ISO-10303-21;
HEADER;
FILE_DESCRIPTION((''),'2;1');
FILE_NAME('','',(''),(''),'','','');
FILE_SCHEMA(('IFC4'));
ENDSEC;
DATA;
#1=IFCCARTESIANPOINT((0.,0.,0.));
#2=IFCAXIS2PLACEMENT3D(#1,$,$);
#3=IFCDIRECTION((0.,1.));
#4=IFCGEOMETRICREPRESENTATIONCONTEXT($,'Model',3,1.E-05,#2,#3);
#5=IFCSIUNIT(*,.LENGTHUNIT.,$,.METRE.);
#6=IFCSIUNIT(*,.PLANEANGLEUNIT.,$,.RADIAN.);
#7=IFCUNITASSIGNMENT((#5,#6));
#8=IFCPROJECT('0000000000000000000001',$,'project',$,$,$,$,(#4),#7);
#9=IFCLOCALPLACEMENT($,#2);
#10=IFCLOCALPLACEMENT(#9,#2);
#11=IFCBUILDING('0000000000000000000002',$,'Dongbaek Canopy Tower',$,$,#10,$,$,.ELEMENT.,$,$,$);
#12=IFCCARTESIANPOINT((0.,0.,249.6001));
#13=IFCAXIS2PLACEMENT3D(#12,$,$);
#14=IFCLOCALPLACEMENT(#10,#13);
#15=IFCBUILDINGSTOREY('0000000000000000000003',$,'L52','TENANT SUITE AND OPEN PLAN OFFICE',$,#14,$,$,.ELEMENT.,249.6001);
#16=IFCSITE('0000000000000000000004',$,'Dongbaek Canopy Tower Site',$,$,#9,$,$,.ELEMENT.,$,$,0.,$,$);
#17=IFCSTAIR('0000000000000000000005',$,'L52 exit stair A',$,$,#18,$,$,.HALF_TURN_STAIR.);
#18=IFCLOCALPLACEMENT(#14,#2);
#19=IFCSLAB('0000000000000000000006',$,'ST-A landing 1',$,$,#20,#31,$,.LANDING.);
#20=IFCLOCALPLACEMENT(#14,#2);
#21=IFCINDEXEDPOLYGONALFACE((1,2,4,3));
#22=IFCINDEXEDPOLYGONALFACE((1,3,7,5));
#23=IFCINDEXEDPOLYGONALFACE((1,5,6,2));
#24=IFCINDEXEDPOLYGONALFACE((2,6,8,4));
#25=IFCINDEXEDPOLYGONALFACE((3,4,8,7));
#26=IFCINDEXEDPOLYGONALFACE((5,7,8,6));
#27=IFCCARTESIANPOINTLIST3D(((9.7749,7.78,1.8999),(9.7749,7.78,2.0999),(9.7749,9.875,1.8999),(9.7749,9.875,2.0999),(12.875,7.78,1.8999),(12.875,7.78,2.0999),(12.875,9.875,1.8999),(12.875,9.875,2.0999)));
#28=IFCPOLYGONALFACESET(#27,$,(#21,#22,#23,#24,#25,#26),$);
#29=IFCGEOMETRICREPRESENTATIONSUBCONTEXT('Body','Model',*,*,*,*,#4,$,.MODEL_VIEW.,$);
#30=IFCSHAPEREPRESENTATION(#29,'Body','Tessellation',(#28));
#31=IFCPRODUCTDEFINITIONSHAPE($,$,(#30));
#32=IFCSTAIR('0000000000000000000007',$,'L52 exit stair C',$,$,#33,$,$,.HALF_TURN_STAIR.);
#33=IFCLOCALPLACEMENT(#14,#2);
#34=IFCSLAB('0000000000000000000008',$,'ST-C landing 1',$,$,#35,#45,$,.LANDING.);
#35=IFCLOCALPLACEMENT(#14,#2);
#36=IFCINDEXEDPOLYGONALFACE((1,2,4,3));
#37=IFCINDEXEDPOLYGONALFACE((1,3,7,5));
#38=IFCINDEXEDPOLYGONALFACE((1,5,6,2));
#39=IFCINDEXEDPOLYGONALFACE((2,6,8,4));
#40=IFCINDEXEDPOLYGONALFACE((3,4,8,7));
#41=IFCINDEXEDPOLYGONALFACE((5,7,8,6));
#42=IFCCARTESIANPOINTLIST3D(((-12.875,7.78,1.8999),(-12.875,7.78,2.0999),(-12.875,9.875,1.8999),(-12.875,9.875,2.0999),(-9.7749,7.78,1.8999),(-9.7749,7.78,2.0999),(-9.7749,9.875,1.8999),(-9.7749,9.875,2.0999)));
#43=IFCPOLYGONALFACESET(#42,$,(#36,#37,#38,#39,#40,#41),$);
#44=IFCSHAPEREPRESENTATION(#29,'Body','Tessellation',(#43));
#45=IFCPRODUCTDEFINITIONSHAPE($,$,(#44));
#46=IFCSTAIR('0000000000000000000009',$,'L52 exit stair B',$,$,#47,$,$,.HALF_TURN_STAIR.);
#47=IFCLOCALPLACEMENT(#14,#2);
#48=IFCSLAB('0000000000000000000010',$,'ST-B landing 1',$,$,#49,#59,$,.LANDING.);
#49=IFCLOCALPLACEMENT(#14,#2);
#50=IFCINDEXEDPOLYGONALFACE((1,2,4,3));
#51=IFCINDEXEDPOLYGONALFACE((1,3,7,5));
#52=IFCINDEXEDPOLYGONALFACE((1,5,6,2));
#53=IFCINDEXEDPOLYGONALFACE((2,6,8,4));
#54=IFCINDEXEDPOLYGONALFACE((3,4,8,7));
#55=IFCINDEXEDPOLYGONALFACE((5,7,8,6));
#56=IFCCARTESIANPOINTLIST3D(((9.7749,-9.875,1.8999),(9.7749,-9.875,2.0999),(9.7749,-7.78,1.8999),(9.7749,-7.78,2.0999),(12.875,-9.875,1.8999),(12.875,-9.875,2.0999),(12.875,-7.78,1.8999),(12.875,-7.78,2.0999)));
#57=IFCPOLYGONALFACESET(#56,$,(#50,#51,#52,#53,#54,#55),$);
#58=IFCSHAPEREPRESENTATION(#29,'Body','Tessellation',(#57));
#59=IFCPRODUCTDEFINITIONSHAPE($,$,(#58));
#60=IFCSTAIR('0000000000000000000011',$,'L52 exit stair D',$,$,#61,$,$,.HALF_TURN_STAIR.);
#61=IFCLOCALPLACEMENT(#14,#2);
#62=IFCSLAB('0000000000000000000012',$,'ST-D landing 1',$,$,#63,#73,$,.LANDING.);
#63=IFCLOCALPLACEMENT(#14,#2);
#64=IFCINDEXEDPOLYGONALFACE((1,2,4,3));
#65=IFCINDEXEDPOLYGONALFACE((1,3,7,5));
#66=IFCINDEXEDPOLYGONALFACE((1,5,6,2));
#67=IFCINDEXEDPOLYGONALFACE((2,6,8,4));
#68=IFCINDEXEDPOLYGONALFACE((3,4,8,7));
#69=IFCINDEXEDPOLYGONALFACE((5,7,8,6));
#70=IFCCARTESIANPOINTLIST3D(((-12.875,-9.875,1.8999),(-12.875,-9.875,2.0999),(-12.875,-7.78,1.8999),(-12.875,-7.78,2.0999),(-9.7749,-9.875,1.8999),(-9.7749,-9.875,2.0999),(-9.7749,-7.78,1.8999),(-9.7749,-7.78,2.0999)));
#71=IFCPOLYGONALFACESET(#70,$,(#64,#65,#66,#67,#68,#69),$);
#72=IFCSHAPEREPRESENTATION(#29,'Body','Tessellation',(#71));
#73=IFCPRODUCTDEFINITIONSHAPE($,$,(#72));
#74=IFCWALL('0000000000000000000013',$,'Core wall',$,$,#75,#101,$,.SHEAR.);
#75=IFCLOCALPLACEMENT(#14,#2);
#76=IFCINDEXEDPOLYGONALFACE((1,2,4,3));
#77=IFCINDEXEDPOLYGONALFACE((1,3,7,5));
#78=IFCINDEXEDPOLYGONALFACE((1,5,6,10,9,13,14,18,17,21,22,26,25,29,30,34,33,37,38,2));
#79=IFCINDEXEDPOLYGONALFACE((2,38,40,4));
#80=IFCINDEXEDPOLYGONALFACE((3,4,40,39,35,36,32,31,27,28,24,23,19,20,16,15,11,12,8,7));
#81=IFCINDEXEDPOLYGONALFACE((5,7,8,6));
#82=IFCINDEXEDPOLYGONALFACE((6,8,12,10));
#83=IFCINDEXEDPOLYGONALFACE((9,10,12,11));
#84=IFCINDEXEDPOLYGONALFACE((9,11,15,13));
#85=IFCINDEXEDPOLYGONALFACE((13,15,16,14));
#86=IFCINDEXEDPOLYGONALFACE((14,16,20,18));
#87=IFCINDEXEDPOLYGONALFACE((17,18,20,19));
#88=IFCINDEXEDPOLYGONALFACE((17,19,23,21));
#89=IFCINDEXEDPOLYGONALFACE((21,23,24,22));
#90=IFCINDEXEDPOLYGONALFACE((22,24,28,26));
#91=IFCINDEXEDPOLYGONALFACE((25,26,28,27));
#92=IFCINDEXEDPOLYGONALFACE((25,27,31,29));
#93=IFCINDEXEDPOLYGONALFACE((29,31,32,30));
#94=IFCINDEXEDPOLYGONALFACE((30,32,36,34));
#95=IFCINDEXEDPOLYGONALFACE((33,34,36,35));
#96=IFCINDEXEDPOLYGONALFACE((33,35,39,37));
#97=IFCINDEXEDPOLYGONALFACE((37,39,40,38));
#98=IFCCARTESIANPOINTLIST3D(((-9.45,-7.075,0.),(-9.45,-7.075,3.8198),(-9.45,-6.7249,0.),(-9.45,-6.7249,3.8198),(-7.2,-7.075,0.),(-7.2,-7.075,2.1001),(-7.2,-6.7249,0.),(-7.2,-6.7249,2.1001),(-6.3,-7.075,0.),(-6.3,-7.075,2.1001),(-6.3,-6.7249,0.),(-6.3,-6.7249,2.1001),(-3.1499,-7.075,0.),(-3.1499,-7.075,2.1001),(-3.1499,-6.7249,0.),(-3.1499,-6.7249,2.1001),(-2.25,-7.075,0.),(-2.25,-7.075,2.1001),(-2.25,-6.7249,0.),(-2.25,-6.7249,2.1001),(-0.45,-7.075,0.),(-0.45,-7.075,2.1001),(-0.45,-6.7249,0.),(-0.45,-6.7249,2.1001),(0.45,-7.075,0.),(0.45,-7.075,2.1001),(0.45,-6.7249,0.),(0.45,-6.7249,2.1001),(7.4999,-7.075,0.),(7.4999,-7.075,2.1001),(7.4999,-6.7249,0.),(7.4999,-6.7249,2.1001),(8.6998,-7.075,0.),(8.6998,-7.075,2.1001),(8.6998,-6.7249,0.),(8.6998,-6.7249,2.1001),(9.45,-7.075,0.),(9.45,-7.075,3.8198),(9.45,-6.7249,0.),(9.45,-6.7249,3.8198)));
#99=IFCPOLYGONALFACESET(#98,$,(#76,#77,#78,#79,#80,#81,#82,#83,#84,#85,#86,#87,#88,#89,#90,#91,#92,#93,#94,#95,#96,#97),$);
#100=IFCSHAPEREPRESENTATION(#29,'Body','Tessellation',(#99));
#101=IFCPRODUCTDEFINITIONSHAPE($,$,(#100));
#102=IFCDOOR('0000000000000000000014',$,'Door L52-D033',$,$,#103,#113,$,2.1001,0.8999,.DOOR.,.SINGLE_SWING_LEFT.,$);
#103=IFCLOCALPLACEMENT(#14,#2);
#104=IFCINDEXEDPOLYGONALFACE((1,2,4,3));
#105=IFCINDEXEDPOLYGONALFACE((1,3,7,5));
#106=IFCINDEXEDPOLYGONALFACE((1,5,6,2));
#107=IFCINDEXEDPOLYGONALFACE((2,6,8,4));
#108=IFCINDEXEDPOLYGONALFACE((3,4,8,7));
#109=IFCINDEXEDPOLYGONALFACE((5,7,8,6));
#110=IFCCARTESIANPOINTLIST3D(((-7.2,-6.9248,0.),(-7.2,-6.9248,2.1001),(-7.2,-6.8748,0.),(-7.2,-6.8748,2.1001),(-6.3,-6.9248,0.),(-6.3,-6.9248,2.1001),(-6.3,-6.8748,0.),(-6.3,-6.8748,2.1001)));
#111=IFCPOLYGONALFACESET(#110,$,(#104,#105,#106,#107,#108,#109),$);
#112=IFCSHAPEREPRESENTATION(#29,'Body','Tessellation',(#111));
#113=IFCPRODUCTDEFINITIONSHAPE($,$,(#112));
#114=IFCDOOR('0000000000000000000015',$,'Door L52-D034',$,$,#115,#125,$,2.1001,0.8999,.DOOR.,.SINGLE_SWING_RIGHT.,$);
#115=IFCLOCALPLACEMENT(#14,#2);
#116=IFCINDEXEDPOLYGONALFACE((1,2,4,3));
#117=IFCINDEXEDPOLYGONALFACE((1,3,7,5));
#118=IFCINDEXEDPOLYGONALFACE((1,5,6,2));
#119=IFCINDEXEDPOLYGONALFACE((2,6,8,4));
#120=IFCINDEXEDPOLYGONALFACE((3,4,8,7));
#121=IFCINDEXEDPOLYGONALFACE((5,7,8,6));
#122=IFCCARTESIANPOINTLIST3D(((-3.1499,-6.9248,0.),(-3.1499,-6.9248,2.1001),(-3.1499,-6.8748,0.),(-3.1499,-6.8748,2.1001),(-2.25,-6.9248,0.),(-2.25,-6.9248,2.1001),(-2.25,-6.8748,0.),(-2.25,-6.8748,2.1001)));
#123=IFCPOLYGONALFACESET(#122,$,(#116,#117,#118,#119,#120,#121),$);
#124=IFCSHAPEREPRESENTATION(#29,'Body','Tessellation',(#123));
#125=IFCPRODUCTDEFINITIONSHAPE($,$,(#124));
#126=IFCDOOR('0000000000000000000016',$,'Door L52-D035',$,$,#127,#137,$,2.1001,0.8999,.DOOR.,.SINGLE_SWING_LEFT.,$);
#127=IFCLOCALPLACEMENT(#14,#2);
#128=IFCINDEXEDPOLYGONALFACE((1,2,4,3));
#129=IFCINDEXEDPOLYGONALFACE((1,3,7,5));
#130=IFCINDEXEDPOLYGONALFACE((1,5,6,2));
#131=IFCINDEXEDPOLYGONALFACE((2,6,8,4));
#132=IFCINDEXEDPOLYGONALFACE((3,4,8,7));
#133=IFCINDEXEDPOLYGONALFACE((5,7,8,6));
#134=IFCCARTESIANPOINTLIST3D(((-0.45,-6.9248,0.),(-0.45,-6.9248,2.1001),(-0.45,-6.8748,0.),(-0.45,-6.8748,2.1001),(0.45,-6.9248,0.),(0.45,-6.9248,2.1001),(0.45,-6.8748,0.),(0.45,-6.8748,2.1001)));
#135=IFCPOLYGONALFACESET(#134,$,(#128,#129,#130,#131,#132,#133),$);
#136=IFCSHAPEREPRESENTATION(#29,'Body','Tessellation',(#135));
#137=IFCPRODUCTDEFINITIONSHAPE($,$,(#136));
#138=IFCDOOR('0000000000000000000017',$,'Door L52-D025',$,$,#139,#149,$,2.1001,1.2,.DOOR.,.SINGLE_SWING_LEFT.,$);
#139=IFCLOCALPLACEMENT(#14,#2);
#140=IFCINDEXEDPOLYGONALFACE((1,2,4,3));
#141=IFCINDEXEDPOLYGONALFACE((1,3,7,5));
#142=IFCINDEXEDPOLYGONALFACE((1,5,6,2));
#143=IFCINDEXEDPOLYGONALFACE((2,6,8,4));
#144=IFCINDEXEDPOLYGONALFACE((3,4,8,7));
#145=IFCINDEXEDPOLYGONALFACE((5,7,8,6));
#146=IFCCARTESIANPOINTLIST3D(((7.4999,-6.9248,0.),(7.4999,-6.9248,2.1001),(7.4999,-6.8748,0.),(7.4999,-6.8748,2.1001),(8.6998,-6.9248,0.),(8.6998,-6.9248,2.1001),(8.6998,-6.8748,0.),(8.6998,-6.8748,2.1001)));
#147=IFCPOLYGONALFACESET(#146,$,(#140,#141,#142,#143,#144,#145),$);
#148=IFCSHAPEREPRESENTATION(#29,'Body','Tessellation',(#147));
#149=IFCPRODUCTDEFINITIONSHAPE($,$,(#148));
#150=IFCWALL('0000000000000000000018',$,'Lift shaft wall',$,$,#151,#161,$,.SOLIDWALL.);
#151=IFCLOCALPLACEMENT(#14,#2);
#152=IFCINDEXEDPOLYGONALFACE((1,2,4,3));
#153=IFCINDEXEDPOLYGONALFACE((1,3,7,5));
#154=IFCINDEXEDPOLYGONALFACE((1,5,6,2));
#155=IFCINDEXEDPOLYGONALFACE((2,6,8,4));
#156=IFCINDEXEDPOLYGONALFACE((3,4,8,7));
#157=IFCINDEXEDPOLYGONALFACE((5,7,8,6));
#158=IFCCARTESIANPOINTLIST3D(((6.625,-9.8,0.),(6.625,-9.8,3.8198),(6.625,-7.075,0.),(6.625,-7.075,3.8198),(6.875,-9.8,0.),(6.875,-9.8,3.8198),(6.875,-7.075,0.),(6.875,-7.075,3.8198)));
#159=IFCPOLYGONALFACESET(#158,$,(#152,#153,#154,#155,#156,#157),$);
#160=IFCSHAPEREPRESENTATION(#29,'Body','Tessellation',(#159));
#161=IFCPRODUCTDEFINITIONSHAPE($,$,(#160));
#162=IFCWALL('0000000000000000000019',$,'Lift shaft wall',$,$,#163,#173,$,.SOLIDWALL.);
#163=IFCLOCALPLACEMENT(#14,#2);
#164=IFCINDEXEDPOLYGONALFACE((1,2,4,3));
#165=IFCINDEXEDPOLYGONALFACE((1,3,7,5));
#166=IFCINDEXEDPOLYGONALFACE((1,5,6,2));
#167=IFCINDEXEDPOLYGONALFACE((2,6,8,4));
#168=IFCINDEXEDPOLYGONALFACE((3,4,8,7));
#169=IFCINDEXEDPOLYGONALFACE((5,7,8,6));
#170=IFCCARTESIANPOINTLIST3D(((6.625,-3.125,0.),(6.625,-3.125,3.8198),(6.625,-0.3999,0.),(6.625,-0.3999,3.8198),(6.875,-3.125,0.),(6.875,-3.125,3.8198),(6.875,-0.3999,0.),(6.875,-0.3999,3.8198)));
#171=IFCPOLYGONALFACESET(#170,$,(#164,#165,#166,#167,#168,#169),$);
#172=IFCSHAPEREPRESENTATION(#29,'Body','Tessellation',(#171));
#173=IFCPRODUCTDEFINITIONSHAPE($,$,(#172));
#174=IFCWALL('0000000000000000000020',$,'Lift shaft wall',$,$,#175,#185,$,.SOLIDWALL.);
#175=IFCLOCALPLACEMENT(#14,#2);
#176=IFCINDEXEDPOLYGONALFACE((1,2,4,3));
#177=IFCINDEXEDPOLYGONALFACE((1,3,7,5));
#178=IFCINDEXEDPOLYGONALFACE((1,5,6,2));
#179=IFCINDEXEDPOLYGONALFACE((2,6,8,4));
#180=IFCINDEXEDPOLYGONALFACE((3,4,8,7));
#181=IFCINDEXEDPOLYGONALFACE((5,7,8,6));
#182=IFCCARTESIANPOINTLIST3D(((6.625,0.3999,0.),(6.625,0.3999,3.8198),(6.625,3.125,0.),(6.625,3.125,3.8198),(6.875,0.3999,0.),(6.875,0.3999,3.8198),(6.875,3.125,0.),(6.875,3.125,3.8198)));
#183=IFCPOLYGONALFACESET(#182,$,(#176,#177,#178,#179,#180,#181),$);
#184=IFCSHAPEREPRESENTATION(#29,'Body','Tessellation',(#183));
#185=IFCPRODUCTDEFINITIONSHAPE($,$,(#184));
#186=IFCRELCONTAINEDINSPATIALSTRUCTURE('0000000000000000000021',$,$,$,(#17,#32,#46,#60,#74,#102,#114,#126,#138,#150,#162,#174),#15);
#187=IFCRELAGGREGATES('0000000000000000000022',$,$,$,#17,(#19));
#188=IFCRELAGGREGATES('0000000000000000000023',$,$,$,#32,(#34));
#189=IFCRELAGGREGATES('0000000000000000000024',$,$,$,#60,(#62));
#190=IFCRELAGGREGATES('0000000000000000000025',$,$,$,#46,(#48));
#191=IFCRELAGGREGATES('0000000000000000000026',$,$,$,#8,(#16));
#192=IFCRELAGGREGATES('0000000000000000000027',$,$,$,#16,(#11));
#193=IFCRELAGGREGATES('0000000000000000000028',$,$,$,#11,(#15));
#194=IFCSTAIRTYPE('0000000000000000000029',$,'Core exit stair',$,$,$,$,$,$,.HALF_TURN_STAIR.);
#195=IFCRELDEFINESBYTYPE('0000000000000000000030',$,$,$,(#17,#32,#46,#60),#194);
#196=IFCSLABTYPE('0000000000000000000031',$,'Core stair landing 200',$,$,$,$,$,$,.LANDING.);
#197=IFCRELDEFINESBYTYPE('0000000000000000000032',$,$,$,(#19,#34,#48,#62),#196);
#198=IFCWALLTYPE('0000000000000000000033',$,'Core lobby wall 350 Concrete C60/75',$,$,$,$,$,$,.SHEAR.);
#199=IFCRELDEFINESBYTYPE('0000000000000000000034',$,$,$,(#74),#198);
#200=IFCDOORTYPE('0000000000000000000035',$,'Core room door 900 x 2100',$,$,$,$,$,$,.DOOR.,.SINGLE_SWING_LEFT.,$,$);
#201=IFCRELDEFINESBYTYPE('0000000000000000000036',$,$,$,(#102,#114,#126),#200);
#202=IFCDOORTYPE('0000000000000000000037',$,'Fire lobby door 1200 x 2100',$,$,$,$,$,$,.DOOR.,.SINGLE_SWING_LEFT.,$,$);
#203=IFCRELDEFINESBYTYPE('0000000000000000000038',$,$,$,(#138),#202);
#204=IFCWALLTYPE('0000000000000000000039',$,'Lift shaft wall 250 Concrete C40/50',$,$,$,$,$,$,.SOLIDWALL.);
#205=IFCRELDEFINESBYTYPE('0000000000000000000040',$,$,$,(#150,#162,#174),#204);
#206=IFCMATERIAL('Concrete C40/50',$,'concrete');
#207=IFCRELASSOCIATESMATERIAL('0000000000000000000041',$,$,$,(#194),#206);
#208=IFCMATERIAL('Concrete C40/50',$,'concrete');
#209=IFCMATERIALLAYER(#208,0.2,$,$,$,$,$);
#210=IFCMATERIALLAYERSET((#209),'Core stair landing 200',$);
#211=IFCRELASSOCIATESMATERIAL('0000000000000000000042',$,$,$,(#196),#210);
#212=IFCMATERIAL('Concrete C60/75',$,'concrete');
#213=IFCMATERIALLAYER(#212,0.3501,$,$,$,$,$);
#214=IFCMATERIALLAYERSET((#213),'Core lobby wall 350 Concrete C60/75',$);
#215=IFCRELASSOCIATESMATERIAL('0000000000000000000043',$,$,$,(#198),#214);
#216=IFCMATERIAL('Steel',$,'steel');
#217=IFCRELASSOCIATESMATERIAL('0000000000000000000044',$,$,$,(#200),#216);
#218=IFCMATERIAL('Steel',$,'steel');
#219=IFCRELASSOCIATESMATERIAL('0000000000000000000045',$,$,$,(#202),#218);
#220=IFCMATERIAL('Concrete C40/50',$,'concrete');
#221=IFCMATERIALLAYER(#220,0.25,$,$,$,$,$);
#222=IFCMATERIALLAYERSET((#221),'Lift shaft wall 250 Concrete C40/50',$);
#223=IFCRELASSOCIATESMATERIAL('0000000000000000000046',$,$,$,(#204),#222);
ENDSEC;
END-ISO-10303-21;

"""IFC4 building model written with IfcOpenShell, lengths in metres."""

from ifc_helpers import new_model, si_unit, direction, frame, frame_2d, origin, place, context, subcontext, project, spatial, polyline, rectangle, outline, extrude, material, layer, layer_set, type_object, element, fill, aggregate, save


model = new_model("IFC4")

# Units and contexts
model_context = context("Model", 3, precision=1e-05, world=origin(), true_north=direction((0.0, 1.0)))
body_context = subcontext(model_context, "Body", "Model", "MODEL_VIEW")
ifc_project = project(units=[si_unit("LENGTHUNIT", "METRE"), si_unit("PLANEANGLEUNIT", "RADIAN")], contexts=[model_context])

# Site, building, storey
site_placement = place(None, origin())
site = spatial("IfcSite", under=ifc_project, at=site_placement, Name="Dongbaek Canopy Tower Site", CompositionType="ELEMENT", RefElevation=0.0)
building_placement = place(site_placement, origin())
building = spatial("IfcBuilding", under=site, at=building_placement, Name="Dongbaek Canopy Tower", CompositionType="ELEMENT")
storey_placement = place(building_placement, frame((0.0, 0.0, 249.6001)))
storey = spatial("IfcBuildingStorey", under=building, at=storey_placement, Name="L52", Description="TENANT SUITE AND OPEN PLAN OFFICE", CompositionType="ELEMENT", Elevation=249.6001)

# Stairs, slabs
ifc_material_1 = material(Name="Concrete C40/50", Category="concrete")
stair_type = type_object("IfcStairType", Name="Core exit stair", PredefinedType="HALF_TURN_STAIR", material=ifc_material_1)
stair_1_placement = place(storey_placement, origin())
stair_1 = element("IfcStair", 1, at=stair_1_placement, inside=storey, type_object=stair_type, Name="L52 exit stair A", PredefinedType="HALF_TURN_STAIR")
ifc_material_2 = material(Name="Concrete C40/50", Category="concrete")
ifc_layer_1 = layer(ifc_material_2, 0.2)
ifc_layer_set_1 = layer_set([ifc_layer_1], Name="Core stair landing 200")
slab_type = type_object("IfcSlabType", Name="Core stair landing 200", PredefinedType="LANDING", material=ifc_layer_set_1)
slab_1_placement = place(storey_placement, frame((0.0, 0.0, 1.8999)))
slab_1 = element("IfcSlab", 2, at=slab_1_placement, type_object=slab_type, Name="ST-A landing 1", PredefinedType="LANDING", context=body_context, shape_type="SweptSolid", body=[
    extrude(outline(polyline([(12.875, 7.78), (12.875, 9.875), (9.7749, 9.875), (9.7749, 7.78), (12.875, 7.78)])), origin(), (0.0, 0.0, 1.0), 0.2),
])
aggregate(stair_1, [slab_1])
stair_2_placement = place(storey_placement, origin())
stair_2 = element("IfcStair", 3, at=stair_2_placement, inside=storey, type_object=stair_type, Name="L52 exit stair C", PredefinedType="HALF_TURN_STAIR")
slab_2_placement = place(storey_placement, frame((0.0, 0.0, 1.8999)))
slab_2 = element("IfcSlab", 4, at=slab_2_placement, type_object=slab_type, Name="ST-C landing 1", PredefinedType="LANDING", context=body_context, shape_type="SweptSolid", body=[
    extrude(outline(polyline([(-9.7749, 7.78), (-9.7749, 9.875), (-12.875, 9.875), (-12.875, 7.78), (-9.7749, 7.78)])), origin(), (0.0, 0.0, 1.0), 0.2),
])
aggregate(stair_2, [slab_2])
stair_3_placement = place(storey_placement, origin())
stair_3 = element("IfcStair", 5, at=stair_3_placement, inside=storey, type_object=stair_type, Name="L52 exit stair B", PredefinedType="HALF_TURN_STAIR")
slab_3_placement = place(storey_placement, frame((0.0, 0.0, 1.8999)))
slab_3 = element("IfcSlab", 6, at=slab_3_placement, type_object=slab_type, Name="ST-B landing 1", PredefinedType="LANDING", context=body_context, shape_type="SweptSolid", body=[
    extrude(outline(polyline([(9.7749, -7.78), (9.7749, -9.875), (12.875, -9.875), (12.875, -7.78), (9.7749, -7.78)])), origin(), (0.0, 0.0, 1.0), 0.2),
])
stair_4_placement = place(storey_placement, origin())
stair_4 = element("IfcStair", 7, at=stair_4_placement, inside=storey, type_object=stair_type, Name="L52 exit stair D", PredefinedType="HALF_TURN_STAIR")
slab_4_placement = place(storey_placement, frame((0.0, 0.0, 1.8999)))
slab_4 = element("IfcSlab", 8, at=slab_4_placement, type_object=slab_type, Name="ST-D landing 1", PredefinedType="LANDING", context=body_context, shape_type="SweptSolid", body=[
    extrude(outline(polyline([(-12.875, -7.78), (-12.875, -9.875), (-9.7749, -9.875), (-9.7749, -7.78), (-12.875, -7.78)])), origin(), (0.0, 0.0, 1.0), 0.2),
])
aggregate(stair_4, [slab_4])

# Wall, openings, doors
ifc_material_3 = material(Name="Concrete C60/75", Category="concrete")
ifc_layer_2 = layer(ifc_material_3, 0.3501)
ifc_layer_set_2 = layer_set([ifc_layer_2], Name="Core lobby wall 350 Concrete C60/75")
wall_type_1 = type_object("IfcWallType", Name="Core lobby wall 350 Concrete C60/75", PredefinedType="SHEAR", material=ifc_layer_set_2)
wall_1_placement = place(storey_placement, frame((9.45, -6.8999, 0.0), z_axis=(0.0, 0.0, 1.0), x_axis=(-1.0, 0.0, 0.0)))
wall_1 = element("IfcWall", 9, at=wall_1_placement, inside=storey, type_object=wall_type_1, Name="Core wall", PredefinedType="SHEAR", context=body_context, shape_type="SweptSolid", body=[
    extrude(rectangle(XDim=18.8999, YDim=0.3501, at=frame_2d((9.45, 0.0))), origin(), (0.0, 0.0, 1.0), 3.8198),
])
opening_1_placement = place(wall_1_placement, frame((0.75, 0.0, 0.0)))
opening_1 = element("IfcOpeningElement", 10, at=opening_1_placement, cuts=wall_1, PredefinedType="OPENING", context=body_context, shape_type="SweptSolid", body=[
    extrude(rectangle(XDim=1.2, YDim=2.1001, at=frame_2d((0.6001, 1.05))), frame((0.0, 0.1851, 0.0), z_axis=(0.0, -1.0, 0.0), x_axis=(1.0, 0.0, 0.0)), (0.0, 0.0, 1.0), 0.3701),
])
opening_2_placement = place(wall_1_placement, frame((15.75, 0.0, 0.0)))
opening_2 = element("IfcOpeningElement", 11, at=opening_2_placement, cuts=wall_1, PredefinedType="OPENING", context=body_context, shape_type="SweptSolid", body=[
    extrude(rectangle(XDim=0.8999, YDim=2.1001, at=frame_2d((0.45, 1.05))), frame((0.0, 0.1851, 0.0), z_axis=(0.0, -1.0, 0.0), x_axis=(1.0, 0.0, 0.0)), (0.0, 0.0, 1.0), 0.3701),
])
opening_3_placement = place(wall_1_placement, frame((11.7, 0.0, 0.0)))
opening_3 = element("IfcOpeningElement", 12, at=opening_3_placement, cuts=wall_1, PredefinedType="OPENING", context=body_context, shape_type="SweptSolid", body=[
    extrude(rectangle(XDim=0.8999, YDim=2.1001, at=frame_2d((0.45, 1.05))), frame((0.0, 0.1851, 0.0), z_axis=(0.0, -1.0, 0.0), x_axis=(1.0, 0.0, 0.0)), (0.0, 0.0, 1.0), 0.3701),
])
opening_4_placement = place(wall_1_placement, frame((9.0, 0.0, 0.0)))
opening_4 = element("IfcOpeningElement", 13, at=opening_4_placement, cuts=wall_1, PredefinedType="OPENING", context=body_context, shape_type="SweptSolid", body=[
    extrude(rectangle(XDim=0.8999, YDim=2.1001, at=frame_2d((0.45, 1.05))), frame((0.0, 0.1851, 0.0), z_axis=(0.0, -1.0, 0.0), x_axis=(1.0, 0.0, 0.0)), (0.0, 0.0, 1.0), 0.3701),
])
ifc_material_4 = material(Name="Steel", Category="steel")
door_type_1 = type_object("IfcDoorType", Name="Core room door 900 x 2100", OperationType="SINGLE_SWING_LEFT", PredefinedType="DOOR", material=ifc_material_4)
door_1_placement = place(opening_2_placement, origin())
door_1 = element("IfcDoor", 14, at=door_1_placement, inside=storey, type_object=door_type_1, Name="Door L52-D033", OperationType="SINGLE_SWING_LEFT", OverallHeight=2.1001, OverallWidth=0.8999, PredefinedType="DOOR", context=body_context, shape_type="SweptSolid", body=[
    extrude(rectangle(XDim=0.8999, YDim=2.1001, at=frame_2d((0.45, 1.05))), frame((0.0, 0.0249, 0.0), z_axis=(0.0, -1.0, 0.0), x_axis=(1.0, 0.0, 0.0)), (0.0, 0.0, 1.0), 0.05),
])
fill(opening_2, door_1)
door_2_placement = place(opening_3_placement, origin())
door_2 = element("IfcDoor", 15, at=door_2_placement, inside=storey, type_object=door_type_1, Name="Door L52-D034", OperationType="SINGLE_SWING_RIGHT", OverallHeight=2.1001, OverallWidth=0.8999, PredefinedType="DOOR", context=body_context, shape_type="SweptSolid", body=[
    extrude(rectangle(XDim=0.8999, YDim=2.1001, at=frame_2d((0.45, 1.05))), frame((0.0, 0.0249, 0.0), z_axis=(0.0, -1.0, 0.0), x_axis=(1.0, 0.0, 0.0)), (0.0, 0.0, 1.0), 0.05),
])
fill(opening_3, door_2)
door_3_placement = place(opening_4_placement, origin())
door_3 = element("IfcDoor", 16, at=door_3_placement, inside=storey, type_object=door_type_1, Name="Door L52-D035", OperationType="SINGLE_SWING_LEFT", OverallHeight=2.1001, OverallWidth=0.8999, PredefinedType="DOOR", context=body_context, shape_type="SweptSolid", body=[
    extrude(rectangle(XDim=0.8999, YDim=2.1001, at=frame_2d((0.45, 1.05))), frame((0.0, 0.0249, 0.0), z_axis=(0.0, -1.0, 0.0), x_axis=(1.0, 0.0, 0.0)), (0.0, 0.0, 1.0), 0.05),
])
fill(opening_4, door_3)
ifc_material_5 = material(Name="Steel", Category="steel")
door_type_2 = type_object("IfcDoorType", Name="Fire lobby door 1200 x 2100", OperationType="SINGLE_SWING_LEFT", PredefinedType="DOOR", material=ifc_material_5)
door_4_placement = place(opening_1_placement, origin())
door_4 = element("IfcDoor", 17, at=door_4_placement, inside=storey, type_object=door_type_2, Name="Door L52-D025", OperationType="SINGLE_SWING_LEFT", OverallHeight=2.1001, OverallWidth=1.2, PredefinedType="DOOR", context=body_context, shape_type="SweptSolid", body=[
    extrude(rectangle(XDim=1.2, YDim=2.1001, at=frame_2d((0.6001, 1.05))), frame((0.0, 0.0249, 0.0), z_axis=(0.0, -1.0, 0.0), x_axis=(1.0, 0.0, 0.0)), (0.0, 0.0, 1.0), 0.05),
])
fill(opening_1, door_4)

# Walls
ifc_material_6 = material(Name="Concrete C40/50", Category="concrete")
ifc_layer_3 = layer(ifc_material_6, 0.25)
ifc_layer_set_3 = layer_set([ifc_layer_3], Name="Lift shaft wall 250 Concrete C40/50")
wall_type_2 = type_object("IfcWallType", Name="Lift shaft wall 250 Concrete C40/50", PredefinedType="SOLIDWALL", material=ifc_layer_set_3)
for number, where, z_axis, x_axis, name in (
    (18, (6.75, -9.8, 0.0), (0.0, 0.0, 1.0), (0.0, 1.0, 0.0), "Lift shaft wall"),
    (19, (6.75, -3.125, 0.0), (0.0, 0.0, 1.0), (0.0, 1.0, 0.0), "Lift shaft wall"),
    (20, (6.75, 0.3999, 0.0), (0.0, 0.0, 1.0), (0.0, 1.0, 0.0), "Lift shaft wall"),
):
    element("IfcWall", number, at=place(storey_placement, frame(where, z_axis=z_axis, x_axis=x_axis)), inside=storey, type_object=wall_type_2, Name=name, PredefinedType="SOLIDWALL", context=body_context, shape_type="SweptSolid", body=[
        extrude(rectangle(XDim=2.7251, YDim=0.25, at=frame_2d((1.3625, 0.0))), origin(), (0.0, 0.0, 1.0), 3.8198),
    ])

aggregate(stair_3, [slab_3])

save(model, "model.ifc")
